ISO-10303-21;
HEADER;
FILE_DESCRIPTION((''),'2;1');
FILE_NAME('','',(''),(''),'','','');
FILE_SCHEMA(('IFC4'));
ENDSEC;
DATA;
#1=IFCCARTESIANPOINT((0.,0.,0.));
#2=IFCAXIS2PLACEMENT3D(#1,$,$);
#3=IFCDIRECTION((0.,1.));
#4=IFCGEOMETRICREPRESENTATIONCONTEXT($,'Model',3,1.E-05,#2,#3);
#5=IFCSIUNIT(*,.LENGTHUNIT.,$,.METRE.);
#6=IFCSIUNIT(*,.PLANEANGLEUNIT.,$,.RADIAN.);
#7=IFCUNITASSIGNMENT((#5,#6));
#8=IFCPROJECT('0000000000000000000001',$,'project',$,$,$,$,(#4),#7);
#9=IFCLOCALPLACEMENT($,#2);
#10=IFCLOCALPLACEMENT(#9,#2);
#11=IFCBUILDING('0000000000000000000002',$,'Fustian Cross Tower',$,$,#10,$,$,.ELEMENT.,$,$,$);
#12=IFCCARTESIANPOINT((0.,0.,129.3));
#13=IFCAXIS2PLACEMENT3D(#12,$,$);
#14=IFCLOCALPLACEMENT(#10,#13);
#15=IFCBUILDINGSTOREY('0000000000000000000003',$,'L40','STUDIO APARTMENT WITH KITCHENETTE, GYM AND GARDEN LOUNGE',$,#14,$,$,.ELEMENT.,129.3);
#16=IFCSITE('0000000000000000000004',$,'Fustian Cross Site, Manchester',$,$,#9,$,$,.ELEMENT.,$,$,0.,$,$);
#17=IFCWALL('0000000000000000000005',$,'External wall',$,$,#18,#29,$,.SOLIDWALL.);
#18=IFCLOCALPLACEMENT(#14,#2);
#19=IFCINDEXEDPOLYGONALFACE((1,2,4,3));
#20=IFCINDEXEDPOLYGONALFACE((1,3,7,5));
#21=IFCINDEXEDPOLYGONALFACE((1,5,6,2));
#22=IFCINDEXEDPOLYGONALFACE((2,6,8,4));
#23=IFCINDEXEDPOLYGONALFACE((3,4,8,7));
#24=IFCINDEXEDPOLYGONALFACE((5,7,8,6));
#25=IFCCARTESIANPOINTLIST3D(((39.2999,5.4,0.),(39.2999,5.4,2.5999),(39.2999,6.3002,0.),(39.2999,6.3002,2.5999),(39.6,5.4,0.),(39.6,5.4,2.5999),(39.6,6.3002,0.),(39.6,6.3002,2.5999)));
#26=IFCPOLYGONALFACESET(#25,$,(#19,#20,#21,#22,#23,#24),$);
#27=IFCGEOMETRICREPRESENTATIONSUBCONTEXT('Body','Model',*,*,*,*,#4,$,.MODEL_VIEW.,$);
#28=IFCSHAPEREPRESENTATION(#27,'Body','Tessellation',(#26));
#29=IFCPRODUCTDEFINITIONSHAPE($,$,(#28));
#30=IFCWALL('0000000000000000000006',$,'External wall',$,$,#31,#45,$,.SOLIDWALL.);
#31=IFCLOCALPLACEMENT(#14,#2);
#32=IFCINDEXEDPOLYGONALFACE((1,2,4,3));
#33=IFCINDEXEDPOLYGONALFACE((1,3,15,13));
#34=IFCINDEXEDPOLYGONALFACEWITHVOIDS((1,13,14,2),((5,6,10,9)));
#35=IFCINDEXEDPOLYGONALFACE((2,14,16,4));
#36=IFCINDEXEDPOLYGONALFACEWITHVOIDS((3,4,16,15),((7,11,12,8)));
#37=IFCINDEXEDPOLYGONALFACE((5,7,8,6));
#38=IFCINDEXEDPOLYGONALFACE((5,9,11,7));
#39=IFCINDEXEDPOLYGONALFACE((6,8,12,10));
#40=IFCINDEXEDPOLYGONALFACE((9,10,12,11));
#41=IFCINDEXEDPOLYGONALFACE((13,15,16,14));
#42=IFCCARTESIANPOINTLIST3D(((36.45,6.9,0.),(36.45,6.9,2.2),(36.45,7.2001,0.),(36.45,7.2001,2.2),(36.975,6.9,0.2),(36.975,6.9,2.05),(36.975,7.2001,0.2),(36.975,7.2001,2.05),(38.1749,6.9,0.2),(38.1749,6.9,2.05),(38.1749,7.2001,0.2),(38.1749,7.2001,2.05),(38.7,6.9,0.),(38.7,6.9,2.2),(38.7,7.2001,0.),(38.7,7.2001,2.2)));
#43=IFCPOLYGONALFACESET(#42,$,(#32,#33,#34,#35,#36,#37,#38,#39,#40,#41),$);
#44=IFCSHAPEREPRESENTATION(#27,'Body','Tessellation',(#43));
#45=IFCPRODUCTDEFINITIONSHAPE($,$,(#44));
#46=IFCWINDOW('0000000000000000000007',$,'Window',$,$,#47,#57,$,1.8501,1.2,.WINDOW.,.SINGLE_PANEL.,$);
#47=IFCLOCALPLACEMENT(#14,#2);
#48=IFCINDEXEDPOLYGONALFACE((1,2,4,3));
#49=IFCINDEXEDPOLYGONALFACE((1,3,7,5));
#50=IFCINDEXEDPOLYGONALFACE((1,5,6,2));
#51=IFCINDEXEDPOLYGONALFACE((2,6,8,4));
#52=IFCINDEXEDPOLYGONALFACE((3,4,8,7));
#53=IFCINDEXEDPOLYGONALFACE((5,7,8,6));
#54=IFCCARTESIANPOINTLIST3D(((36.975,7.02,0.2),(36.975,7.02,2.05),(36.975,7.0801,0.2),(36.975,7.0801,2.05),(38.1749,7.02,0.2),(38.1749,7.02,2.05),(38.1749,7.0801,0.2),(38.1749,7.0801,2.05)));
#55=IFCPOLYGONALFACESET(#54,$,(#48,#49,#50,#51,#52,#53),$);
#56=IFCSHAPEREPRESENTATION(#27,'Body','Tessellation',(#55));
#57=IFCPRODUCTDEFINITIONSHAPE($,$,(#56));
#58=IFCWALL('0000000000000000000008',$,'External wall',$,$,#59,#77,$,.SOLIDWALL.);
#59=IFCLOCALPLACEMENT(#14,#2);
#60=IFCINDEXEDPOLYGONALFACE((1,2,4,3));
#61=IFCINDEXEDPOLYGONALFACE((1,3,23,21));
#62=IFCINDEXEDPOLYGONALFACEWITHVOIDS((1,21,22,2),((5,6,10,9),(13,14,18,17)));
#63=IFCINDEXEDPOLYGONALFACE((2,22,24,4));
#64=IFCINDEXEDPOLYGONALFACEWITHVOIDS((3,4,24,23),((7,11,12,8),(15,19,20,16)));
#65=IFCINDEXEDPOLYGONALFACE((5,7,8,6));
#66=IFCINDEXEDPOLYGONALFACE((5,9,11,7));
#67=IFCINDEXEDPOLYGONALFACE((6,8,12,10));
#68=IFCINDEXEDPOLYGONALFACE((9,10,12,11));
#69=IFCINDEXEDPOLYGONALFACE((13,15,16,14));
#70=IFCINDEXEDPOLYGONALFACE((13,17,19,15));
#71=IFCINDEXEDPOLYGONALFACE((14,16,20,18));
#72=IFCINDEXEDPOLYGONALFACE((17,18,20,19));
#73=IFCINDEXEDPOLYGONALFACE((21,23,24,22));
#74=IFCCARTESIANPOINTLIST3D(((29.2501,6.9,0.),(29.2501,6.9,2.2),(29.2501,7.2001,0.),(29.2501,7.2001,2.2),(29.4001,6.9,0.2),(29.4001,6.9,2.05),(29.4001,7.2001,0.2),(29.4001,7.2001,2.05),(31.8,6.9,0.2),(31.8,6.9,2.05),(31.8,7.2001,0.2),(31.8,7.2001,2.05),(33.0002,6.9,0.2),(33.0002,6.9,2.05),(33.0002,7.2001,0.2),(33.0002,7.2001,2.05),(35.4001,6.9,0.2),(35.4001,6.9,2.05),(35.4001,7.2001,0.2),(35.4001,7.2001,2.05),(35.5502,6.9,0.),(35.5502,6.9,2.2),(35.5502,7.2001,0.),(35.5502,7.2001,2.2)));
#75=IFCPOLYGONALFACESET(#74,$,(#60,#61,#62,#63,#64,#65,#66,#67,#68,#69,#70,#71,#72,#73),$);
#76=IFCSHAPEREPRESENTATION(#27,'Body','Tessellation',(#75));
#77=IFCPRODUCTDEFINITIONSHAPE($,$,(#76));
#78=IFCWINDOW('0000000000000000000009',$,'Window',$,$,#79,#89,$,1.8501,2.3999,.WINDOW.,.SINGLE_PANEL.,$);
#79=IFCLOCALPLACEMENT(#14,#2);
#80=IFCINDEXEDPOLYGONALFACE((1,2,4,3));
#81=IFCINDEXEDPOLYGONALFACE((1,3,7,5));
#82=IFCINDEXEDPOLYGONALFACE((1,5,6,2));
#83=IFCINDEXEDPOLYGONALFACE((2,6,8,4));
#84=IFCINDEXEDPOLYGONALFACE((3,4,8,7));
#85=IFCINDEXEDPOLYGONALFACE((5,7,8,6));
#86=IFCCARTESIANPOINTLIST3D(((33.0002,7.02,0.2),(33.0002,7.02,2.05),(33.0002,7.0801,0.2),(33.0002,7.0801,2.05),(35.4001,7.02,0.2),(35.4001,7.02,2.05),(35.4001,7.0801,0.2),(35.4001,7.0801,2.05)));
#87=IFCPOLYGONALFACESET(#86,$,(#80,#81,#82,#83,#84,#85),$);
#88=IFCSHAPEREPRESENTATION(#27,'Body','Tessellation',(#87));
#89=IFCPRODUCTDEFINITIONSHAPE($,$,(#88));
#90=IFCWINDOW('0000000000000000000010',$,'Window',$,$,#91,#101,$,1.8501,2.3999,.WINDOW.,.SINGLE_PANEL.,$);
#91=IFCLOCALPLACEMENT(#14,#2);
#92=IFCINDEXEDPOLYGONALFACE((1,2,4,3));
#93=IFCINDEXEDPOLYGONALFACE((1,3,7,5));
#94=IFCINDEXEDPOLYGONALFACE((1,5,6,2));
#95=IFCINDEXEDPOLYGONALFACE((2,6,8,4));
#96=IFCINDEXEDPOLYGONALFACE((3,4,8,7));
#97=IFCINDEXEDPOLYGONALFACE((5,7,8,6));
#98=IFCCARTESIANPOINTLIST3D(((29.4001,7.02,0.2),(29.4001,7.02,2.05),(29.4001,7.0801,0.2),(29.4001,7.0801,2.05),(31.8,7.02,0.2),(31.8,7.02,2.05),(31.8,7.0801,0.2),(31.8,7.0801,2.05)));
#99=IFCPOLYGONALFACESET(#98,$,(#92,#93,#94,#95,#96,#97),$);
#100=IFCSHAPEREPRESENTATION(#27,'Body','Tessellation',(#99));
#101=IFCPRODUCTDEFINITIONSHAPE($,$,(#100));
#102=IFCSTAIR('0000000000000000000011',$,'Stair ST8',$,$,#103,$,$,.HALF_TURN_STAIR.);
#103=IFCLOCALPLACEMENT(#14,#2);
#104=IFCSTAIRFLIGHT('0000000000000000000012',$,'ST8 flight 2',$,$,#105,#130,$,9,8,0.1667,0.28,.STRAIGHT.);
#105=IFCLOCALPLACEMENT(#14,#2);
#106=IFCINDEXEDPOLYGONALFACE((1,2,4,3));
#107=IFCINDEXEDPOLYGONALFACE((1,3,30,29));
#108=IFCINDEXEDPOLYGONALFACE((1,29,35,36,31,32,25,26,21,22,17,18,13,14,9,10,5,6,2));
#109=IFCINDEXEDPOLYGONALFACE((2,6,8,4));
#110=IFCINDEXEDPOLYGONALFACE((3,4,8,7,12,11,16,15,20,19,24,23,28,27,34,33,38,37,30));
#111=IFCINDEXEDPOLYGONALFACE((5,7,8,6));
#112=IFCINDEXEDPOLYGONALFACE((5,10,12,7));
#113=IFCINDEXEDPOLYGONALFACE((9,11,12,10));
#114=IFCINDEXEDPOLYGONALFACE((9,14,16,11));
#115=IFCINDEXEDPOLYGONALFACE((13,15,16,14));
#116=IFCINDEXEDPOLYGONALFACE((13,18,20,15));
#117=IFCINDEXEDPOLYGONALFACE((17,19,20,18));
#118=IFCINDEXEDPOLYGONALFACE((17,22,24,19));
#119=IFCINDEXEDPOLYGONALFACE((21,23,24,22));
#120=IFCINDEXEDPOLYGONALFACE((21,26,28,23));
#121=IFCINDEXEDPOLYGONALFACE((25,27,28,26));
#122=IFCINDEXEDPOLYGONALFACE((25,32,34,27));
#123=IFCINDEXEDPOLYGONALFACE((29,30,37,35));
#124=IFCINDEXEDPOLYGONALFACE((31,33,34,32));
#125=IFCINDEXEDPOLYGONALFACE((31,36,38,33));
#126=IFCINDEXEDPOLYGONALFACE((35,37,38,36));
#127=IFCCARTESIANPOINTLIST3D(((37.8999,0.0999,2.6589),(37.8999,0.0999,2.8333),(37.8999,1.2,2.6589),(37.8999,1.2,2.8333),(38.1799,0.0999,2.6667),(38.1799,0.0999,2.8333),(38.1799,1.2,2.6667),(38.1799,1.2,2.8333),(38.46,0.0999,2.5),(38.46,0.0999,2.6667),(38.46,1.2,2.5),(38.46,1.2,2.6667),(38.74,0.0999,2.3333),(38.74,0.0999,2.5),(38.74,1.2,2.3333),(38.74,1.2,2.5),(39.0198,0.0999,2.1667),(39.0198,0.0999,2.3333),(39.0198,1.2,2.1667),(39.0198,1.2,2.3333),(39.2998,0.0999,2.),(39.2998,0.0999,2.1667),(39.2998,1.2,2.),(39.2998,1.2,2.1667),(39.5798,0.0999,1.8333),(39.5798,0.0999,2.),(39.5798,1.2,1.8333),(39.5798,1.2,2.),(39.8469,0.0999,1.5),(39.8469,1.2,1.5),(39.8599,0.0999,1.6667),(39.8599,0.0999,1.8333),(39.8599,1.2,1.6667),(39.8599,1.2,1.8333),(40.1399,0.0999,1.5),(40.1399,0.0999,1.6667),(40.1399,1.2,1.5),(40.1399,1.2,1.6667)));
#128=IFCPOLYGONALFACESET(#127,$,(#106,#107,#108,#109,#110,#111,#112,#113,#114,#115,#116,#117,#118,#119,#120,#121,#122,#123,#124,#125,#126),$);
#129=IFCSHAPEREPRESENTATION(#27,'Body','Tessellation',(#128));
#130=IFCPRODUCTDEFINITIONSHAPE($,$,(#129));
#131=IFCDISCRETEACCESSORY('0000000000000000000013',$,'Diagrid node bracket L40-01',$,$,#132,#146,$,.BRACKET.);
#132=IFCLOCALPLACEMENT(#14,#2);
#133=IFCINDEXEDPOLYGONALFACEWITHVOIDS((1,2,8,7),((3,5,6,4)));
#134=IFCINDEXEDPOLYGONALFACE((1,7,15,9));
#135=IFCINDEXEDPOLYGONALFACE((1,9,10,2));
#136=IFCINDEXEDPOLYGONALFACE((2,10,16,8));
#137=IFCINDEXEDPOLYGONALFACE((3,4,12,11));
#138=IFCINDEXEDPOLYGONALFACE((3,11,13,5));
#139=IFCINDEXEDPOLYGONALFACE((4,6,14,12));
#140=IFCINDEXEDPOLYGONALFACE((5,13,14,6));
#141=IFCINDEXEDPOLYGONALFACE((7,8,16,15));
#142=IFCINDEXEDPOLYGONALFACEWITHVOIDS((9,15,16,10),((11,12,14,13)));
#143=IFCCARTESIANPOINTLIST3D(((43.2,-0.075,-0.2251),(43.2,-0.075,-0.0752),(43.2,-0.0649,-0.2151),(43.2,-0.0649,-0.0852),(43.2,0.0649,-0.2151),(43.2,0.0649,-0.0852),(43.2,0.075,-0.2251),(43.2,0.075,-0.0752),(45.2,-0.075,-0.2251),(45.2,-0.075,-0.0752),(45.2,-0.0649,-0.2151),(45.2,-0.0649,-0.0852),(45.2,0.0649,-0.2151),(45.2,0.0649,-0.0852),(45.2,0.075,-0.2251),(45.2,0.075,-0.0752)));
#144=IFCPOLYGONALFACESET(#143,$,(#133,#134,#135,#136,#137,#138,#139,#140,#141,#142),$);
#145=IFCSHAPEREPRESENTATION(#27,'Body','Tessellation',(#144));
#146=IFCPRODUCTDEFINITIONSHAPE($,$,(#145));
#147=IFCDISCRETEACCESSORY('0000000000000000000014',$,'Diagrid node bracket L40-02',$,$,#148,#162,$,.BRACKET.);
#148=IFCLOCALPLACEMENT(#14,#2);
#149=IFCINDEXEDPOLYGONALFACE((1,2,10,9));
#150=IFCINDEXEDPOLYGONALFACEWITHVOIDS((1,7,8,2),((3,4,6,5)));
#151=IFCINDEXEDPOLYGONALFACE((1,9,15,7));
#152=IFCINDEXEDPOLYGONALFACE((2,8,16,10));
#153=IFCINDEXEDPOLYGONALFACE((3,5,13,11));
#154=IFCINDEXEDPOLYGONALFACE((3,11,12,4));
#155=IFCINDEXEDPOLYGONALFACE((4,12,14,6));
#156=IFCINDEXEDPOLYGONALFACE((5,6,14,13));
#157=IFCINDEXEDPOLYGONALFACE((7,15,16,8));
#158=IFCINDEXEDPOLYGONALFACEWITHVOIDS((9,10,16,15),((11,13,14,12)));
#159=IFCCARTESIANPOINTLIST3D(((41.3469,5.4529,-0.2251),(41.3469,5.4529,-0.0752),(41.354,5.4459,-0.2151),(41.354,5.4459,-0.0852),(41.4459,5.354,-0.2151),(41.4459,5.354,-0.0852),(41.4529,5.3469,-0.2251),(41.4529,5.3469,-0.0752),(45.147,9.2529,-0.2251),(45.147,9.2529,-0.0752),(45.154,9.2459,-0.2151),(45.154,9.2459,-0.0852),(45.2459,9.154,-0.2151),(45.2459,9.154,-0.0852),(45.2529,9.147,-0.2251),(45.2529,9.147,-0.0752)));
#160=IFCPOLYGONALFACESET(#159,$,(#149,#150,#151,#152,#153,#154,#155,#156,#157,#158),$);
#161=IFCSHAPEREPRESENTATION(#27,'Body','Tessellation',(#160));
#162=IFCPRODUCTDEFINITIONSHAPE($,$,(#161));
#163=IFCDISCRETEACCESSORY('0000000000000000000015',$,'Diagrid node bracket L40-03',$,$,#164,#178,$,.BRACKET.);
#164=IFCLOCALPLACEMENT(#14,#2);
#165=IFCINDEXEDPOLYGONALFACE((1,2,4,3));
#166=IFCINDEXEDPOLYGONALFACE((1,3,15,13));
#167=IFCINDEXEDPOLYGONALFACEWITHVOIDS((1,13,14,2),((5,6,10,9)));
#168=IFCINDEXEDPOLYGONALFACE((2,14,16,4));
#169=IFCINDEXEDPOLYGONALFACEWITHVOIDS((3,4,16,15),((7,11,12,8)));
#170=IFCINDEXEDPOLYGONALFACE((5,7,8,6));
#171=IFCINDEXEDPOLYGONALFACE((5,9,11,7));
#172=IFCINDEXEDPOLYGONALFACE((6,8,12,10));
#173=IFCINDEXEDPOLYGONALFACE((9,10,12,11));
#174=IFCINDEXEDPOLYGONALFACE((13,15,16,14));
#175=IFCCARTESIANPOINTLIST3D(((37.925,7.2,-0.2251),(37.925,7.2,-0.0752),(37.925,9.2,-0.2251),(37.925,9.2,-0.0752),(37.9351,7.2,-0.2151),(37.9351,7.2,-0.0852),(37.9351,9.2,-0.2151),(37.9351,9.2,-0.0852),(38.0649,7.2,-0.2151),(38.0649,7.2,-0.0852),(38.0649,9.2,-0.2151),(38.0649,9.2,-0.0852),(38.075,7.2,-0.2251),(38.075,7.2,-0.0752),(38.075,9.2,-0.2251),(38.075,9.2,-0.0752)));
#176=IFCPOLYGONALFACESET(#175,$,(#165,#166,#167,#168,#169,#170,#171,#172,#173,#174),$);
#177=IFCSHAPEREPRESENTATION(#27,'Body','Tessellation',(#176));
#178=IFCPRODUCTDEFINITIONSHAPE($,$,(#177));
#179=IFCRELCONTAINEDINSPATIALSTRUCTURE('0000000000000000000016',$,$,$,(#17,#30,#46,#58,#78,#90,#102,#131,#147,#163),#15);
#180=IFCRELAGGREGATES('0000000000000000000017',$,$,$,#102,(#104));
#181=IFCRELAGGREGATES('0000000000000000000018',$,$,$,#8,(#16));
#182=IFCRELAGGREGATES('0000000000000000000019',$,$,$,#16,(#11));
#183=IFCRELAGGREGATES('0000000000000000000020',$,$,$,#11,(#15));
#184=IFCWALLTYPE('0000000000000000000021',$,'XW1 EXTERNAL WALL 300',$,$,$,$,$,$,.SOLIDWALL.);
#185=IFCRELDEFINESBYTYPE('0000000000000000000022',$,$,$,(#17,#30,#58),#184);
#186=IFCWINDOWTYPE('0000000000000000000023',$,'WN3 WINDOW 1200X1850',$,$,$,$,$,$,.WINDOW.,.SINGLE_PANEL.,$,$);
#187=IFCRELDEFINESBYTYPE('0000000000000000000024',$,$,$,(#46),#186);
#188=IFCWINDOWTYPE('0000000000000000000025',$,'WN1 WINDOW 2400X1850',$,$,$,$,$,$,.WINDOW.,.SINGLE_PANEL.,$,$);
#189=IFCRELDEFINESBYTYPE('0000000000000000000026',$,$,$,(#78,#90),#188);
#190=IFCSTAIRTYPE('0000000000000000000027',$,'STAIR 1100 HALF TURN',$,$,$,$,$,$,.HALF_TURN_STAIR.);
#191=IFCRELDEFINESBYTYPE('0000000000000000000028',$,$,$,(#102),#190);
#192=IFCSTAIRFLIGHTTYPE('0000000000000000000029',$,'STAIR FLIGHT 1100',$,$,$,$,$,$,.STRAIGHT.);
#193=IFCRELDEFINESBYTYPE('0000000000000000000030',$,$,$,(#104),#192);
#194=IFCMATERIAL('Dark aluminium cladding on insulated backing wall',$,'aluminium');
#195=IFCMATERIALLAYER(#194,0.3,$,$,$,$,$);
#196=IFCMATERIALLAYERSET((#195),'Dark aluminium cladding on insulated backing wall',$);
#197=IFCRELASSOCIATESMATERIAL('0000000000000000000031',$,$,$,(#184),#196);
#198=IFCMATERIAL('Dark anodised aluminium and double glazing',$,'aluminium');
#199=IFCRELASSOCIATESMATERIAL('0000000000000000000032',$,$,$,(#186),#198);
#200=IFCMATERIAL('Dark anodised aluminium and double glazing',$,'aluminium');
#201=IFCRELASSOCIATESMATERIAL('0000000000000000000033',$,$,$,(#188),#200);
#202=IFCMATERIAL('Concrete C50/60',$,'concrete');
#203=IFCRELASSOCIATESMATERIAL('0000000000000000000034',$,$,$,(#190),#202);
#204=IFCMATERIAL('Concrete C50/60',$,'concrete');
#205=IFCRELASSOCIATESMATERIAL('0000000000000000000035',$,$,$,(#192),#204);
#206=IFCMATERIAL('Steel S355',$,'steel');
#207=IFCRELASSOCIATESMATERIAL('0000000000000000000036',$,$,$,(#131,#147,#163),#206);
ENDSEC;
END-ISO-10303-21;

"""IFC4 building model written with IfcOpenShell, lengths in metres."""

from ifc_helpers import new_model, si_unit, direction, frame, frame_2d, origin, origin_2d, place, context, subcontext, project, spatial, polyline, rectangle, hollow_rectangle, outline, extrude, material, layer, layer_set, type_object, element, fill, aggregate, save


model = new_model("IFC4")

# Units and contexts
model_context = context("Model", 3, precision=1e-05, world=origin(), true_north=direction((0.0, 1.0)))
body_context = subcontext(model_context, "Body", "Model", "MODEL_VIEW")
ifc_project = project(units=[si_unit("LENGTHUNIT", "METRE"), si_unit("PLANEANGLEUNIT", "RADIAN")], contexts=[model_context])

# Site, building, storey
site_placement = place(None, origin())
site = spatial("IfcSite", under=ifc_project, at=site_placement, Name="Fustian Cross Site, Manchester", CompositionType="ELEMENT", RefElevation=0.0)
building_placement = place(site_placement, origin())
building = spatial("IfcBuilding", under=site, at=building_placement, Name="Fustian Cross Tower", CompositionType="ELEMENT")
storey_placement = place(building_placement, frame((0.0, 0.0, 129.3)))
storey = spatial("IfcBuildingStorey", under=building, at=storey_placement, Name="L40", Description="STUDIO APARTMENT WITH KITCHENETTE, GYM AND GARDEN LOUNGE", CompositionType="ELEMENT", Elevation=129.3)

# Shared definitions
ifc_material_1 = material(Name="Dark aluminium cladding on insulated backing wall", Category="aluminium")
ifc_layer_1 = layer(ifc_material_1, 0.3)
ifc_layer_set_1 = layer_set([ifc_layer_1], Name="Dark aluminium cladding on insulated backing wall")
wall_type_1 = type_object("IfcWallType", Name="XW1 EXTERNAL WALL 300", PredefinedType="SOLIDWALL", material=ifc_layer_set_1)

# Shared definitions
ifc_material_2 = material(Name="Dark anodised aluminium and double glazing", Category="aluminium")
window_type_1 = type_object("IfcWindowType", Name="WN3 WINDOW 1200X1850", PartitioningType="SINGLE_PANEL", PredefinedType="WINDOW", material=ifc_material_2)

# Wall
wall_1_placement = place(storey_placement, frame((39.45, 5.3999, 0.0), z_axis=(0.0, 0.0, 1.0), x_axis=(0.0, 1.0, 0.0)))
element("IfcWall", 1, at=wall_1_placement, inside=storey, type_object=wall_type_1, Name="External wall", PredefinedType="SOLIDWALL", context=body_context, shape_type="SweptSolid", body=[
    extrude(rectangle(XDim=0.9001, YDim=0.3, at=frame_2d((0.4502, 0.0))), origin(), (0.0, 0.0, 1.0), 2.5999),
])

# Wall, opening, window
wall_2_placement = place(storey_placement, frame((38.7, 7.05, 0.0), z_axis=(0.0, 0.0, 1.0), x_axis=(-1.0, 0.0, 0.0)))
wall_2 = element("IfcWall", 2, at=wall_2_placement, inside=storey, type_object=wall_type_1, Name="External wall", PredefinedType="SOLIDWALL", context=body_context, shape_type="SweptSolid", body=[
    extrude(rectangle(XDim=2.25, YDim=0.3, at=frame_2d((1.125, 0.0))), origin(), (0.0, 0.0, 1.0), 2.2),
])
opening_1_placement = place(wall_2_placement, frame((0.5249, 0.0, 0.2)))
opening_1 = element("IfcOpeningElement", 3, at=opening_1_placement, cuts=wall_2, PredefinedType="OPENING", context=body_context, shape_type="SweptSolid", body=[
    extrude(rectangle(XDim=1.2, YDim=1.8501, at=frame_2d((0.6001, 0.925))), frame((0.0, 0.1599, 0.0), z_axis=(0.0, -1.0, 0.0), x_axis=(1.0, 0.0, 0.0)), (0.0, 0.0, 1.0), 0.3201),
])
window_1_placement = place(opening_1_placement, origin())
window_1 = element("IfcWindow", 4, at=window_1_placement, inside=storey, type_object=window_type_1, Name="Window", OverallHeight=1.8501, OverallWidth=1.2, PartitioningType="SINGLE_PANEL", PredefinedType="WINDOW", context=body_context, shape_type="SweptSolid", body=[
    extrude(rectangle(XDim=1.2, YDim=1.8501, at=frame_2d((0.6001, 0.925))), frame((0.0, 0.03, 0.0), z_axis=(0.0, -1.0, 0.0), x_axis=(1.0, 0.0, 0.0)), (0.0, 0.0, 1.0), 0.0601),
])
fill(opening_1, window_1)

# Wall, openings, windows
wall_3_placement = place(storey_placement, frame((35.55, 7.05, 0.0), z_axis=(0.0, 0.0, 1.0), x_axis=(-1.0, 0.0, 0.0)))
wall_3 = element("IfcWall", 5, at=wall_3_placement, inside=storey, type_object=wall_type_1, Name="External wall", PredefinedType="SOLIDWALL", context=body_context, shape_type="SweptSolid", body=[
    extrude(rectangle(XDim=6.3, YDim=0.3, at=frame_2d((3.1499, 0.0))), origin(), (0.0, 0.0, 1.0), 2.2),
])
opening_2_placement = place(wall_3_placement, frame((0.1499, 0.0, 0.2)))
opening_2 = element("IfcOpeningElement", 6, at=opening_2_placement, cuts=wall_3, PredefinedType="OPENING", context=body_context, shape_type="SweptSolid", body=[
    extrude(rectangle(XDim=2.3999, YDim=1.8501, at=frame_2d((1.2, 0.925))), frame((0.0, 0.1599, 0.0), z_axis=(0.0, -1.0, 0.0), x_axis=(1.0, 0.0, 0.0)), (0.0, 0.0, 1.0), 0.3201),
])
opening_3_placement = place(wall_3_placement, frame((3.75, 0.0, 0.2)))
opening_3 = element("IfcOpeningElement", 7, at=opening_3_placement, cuts=wall_3, PredefinedType="OPENING", context=body_context, shape_type="SweptSolid", body=[
    extrude(rectangle(XDim=2.3999, YDim=1.8501, at=frame_2d((1.2, 0.925))), frame((0.0, 0.1599, 0.0), z_axis=(0.0, -1.0, 0.0), x_axis=(1.0, 0.0, 0.0)), (0.0, 0.0, 1.0), 0.3201),
])
ifc_material_3 = material(Name="Dark anodised aluminium and double glazing", Category="aluminium")
window_type_2 = type_object("IfcWindowType", Name="WN1 WINDOW 2400X1850", PartitioningType="SINGLE_PANEL", PredefinedType="WINDOW", material=ifc_material_3)
window_2_placement = place(opening_2_placement, origin())
window_2 = element("IfcWindow", 8, at=window_2_placement, inside=storey, type_object=window_type_2, Name="Window", OverallHeight=1.8501, OverallWidth=2.3999, PartitioningType="SINGLE_PANEL", PredefinedType="WINDOW", context=body_context, shape_type="SweptSolid", body=[
    extrude(rectangle(XDim=2.3999, YDim=1.8501, at=frame_2d((1.2, 0.925))), frame((0.0, 0.03, 0.0), z_axis=(0.0, -1.0, 0.0), x_axis=(1.0, 0.0, 0.0)), (0.0, 0.0, 1.0), 0.0601),
])
fill(opening_2, window_2)
window_3_placement = place(opening_3_placement, origin())
window_3 = element("IfcWindow", 9, at=window_3_placement, inside=storey, type_object=window_type_2, Name="Window", OverallHeight=1.8501, OverallWidth=2.3999, PartitioningType="SINGLE_PANEL", PredefinedType="WINDOW", context=body_context, shape_type="SweptSolid", body=[
    extrude(rectangle(XDim=2.3999, YDim=1.8501, at=frame_2d((1.2, 0.925))), frame((0.0, 0.03, 0.0), z_axis=(0.0, -1.0, 0.0), x_axis=(1.0, 0.0, 0.0)), (0.0, 0.0, 1.0), 0.0601),
])
fill(opening_3, window_3)

# Stair, stair flight
ifc_material_4 = material(Name="Concrete C50/60", Category="concrete")
stair_type = type_object("IfcStairType", Name="STAIR 1100 HALF TURN", PredefinedType="HALF_TURN_STAIR", material=ifc_material_4)
stair_placement = place(storey_placement, origin())
stair = element("IfcStair", 10, at=stair_placement, inside=storey, type_object=stair_type, Name="Stair ST8", PredefinedType="HALF_TURN_STAIR")
ifc_material_5 = material(Name="Concrete C50/60", Category="concrete")
stair_flight_type = type_object("IfcStairFlightType", Name="STAIR FLIGHT 1100", PredefinedType="STRAIGHT", material=ifc_material_5)
stair_flight_placement = place(storey_placement, frame((40.1399, 0.6499, 1.5), z_axis=(0.0, 0.0, 1.0), x_axis=(-1.0, 0.0, 0.0)))
stair_flight = element("IfcStairFlight", 11, at=stair_flight_placement, type_object=stair_flight_type, Name="ST8 flight 2", NumberOfRisers=9, NumberOfTreads=8, PredefinedType="STRAIGHT", RiserHeight=0.1667, TreadLength=0.28, context=body_context, shape_type="SweptSolid", body=[
    extrude(outline(polyline([(0.0, 0.0), (0.0, 0.1667), (0.28, 0.1667), (0.28, 0.3333), (0.5601, 0.3333), (0.5601, 0.5), (0.8401, 0.5), (0.8401, 0.6667), (1.1201, 0.6667), (1.1201, 0.8333), (1.3999, 0.8333), (1.3999, 1.0), (1.6799, 1.0), (1.6799, 1.1667), (1.96, 1.1667), (1.96, 1.3333), (2.24, 1.3333), (2.24, 1.5), (2.24, 1.1589), (0.293, 0.0), (0.0, 0.0)])), frame((0.0, 0.55, 0.0), z_axis=(0.0, -1.0, 0.0), x_axis=(1.0, 0.0, 0.0)), (0.0, 0.0, 1.0), 1.1001),
])
aggregate(stair, [stair_flight])

# Discrete accessories
ifc_material_6 = material(Name="Steel S355", Category="steel")
discrete_accessory_1_placement = place(storey_placement, frame((45.2, 0.0, -0.1501), z_axis=(-1.0, 0.0, 0.0), x_axis=(0.0, -1.0, 0.0)))
element("IfcDiscreteAccessory", 12, at=discrete_accessory_1_placement, inside=storey, material=ifc_material_6, Name="Diagrid node bracket L40-01", PredefinedType="BRACKET", context=body_context, shape_type="SweptSolid", body=[
    extrude(hollow_rectangle(XDim=0.1499, YDim=0.1499, WallThickness=0.01, at=origin_2d()), origin(), (0.0, 0.0, 1.0), 2.0),
])
discrete_accessory_2_placement = place(storey_placement, frame((45.2, 9.2, -0.1501), z_axis=(-0.707107, -0.707107, 0.0), x_axis=(0.707107, -0.707107, 0.0)))
element("IfcDiscreteAccessory", 13, at=discrete_accessory_2_placement, inside=storey, material=ifc_material_6, Name="Diagrid node bracket L40-02", PredefinedType="BRACKET", context=body_context, shape_type="SweptSolid", body=[
    extrude(hollow_rectangle(XDim=0.1499, YDim=0.1499, WallThickness=0.01, at=origin_2d()), origin(), (0.0, 0.0, 1.0), 5.374),
])
for number, where, z_axis, x_axis, name in (
    (14, (38.0, 9.2, -0.1501), (0.0, -1.0, 0.0), (1.0, 0.0, 0.0), "Diagrid node bracket L40-03"),
):
    element("IfcDiscreteAccessory", number, at=place(storey_placement, frame(where, z_axis=z_axis, x_axis=x_axis)), inside=storey, material=ifc_material_6, Name=name, PredefinedType="BRACKET", context=body_context, shape_type="SweptSolid", body=[
        extrude(hollow_rectangle(XDim=0.1499, YDim=0.1499, WallThickness=0.01, at=origin_2d()), origin(), (0.0, 0.0, 1.0), 2.0),
    ])

save(model, "model.ifc")
